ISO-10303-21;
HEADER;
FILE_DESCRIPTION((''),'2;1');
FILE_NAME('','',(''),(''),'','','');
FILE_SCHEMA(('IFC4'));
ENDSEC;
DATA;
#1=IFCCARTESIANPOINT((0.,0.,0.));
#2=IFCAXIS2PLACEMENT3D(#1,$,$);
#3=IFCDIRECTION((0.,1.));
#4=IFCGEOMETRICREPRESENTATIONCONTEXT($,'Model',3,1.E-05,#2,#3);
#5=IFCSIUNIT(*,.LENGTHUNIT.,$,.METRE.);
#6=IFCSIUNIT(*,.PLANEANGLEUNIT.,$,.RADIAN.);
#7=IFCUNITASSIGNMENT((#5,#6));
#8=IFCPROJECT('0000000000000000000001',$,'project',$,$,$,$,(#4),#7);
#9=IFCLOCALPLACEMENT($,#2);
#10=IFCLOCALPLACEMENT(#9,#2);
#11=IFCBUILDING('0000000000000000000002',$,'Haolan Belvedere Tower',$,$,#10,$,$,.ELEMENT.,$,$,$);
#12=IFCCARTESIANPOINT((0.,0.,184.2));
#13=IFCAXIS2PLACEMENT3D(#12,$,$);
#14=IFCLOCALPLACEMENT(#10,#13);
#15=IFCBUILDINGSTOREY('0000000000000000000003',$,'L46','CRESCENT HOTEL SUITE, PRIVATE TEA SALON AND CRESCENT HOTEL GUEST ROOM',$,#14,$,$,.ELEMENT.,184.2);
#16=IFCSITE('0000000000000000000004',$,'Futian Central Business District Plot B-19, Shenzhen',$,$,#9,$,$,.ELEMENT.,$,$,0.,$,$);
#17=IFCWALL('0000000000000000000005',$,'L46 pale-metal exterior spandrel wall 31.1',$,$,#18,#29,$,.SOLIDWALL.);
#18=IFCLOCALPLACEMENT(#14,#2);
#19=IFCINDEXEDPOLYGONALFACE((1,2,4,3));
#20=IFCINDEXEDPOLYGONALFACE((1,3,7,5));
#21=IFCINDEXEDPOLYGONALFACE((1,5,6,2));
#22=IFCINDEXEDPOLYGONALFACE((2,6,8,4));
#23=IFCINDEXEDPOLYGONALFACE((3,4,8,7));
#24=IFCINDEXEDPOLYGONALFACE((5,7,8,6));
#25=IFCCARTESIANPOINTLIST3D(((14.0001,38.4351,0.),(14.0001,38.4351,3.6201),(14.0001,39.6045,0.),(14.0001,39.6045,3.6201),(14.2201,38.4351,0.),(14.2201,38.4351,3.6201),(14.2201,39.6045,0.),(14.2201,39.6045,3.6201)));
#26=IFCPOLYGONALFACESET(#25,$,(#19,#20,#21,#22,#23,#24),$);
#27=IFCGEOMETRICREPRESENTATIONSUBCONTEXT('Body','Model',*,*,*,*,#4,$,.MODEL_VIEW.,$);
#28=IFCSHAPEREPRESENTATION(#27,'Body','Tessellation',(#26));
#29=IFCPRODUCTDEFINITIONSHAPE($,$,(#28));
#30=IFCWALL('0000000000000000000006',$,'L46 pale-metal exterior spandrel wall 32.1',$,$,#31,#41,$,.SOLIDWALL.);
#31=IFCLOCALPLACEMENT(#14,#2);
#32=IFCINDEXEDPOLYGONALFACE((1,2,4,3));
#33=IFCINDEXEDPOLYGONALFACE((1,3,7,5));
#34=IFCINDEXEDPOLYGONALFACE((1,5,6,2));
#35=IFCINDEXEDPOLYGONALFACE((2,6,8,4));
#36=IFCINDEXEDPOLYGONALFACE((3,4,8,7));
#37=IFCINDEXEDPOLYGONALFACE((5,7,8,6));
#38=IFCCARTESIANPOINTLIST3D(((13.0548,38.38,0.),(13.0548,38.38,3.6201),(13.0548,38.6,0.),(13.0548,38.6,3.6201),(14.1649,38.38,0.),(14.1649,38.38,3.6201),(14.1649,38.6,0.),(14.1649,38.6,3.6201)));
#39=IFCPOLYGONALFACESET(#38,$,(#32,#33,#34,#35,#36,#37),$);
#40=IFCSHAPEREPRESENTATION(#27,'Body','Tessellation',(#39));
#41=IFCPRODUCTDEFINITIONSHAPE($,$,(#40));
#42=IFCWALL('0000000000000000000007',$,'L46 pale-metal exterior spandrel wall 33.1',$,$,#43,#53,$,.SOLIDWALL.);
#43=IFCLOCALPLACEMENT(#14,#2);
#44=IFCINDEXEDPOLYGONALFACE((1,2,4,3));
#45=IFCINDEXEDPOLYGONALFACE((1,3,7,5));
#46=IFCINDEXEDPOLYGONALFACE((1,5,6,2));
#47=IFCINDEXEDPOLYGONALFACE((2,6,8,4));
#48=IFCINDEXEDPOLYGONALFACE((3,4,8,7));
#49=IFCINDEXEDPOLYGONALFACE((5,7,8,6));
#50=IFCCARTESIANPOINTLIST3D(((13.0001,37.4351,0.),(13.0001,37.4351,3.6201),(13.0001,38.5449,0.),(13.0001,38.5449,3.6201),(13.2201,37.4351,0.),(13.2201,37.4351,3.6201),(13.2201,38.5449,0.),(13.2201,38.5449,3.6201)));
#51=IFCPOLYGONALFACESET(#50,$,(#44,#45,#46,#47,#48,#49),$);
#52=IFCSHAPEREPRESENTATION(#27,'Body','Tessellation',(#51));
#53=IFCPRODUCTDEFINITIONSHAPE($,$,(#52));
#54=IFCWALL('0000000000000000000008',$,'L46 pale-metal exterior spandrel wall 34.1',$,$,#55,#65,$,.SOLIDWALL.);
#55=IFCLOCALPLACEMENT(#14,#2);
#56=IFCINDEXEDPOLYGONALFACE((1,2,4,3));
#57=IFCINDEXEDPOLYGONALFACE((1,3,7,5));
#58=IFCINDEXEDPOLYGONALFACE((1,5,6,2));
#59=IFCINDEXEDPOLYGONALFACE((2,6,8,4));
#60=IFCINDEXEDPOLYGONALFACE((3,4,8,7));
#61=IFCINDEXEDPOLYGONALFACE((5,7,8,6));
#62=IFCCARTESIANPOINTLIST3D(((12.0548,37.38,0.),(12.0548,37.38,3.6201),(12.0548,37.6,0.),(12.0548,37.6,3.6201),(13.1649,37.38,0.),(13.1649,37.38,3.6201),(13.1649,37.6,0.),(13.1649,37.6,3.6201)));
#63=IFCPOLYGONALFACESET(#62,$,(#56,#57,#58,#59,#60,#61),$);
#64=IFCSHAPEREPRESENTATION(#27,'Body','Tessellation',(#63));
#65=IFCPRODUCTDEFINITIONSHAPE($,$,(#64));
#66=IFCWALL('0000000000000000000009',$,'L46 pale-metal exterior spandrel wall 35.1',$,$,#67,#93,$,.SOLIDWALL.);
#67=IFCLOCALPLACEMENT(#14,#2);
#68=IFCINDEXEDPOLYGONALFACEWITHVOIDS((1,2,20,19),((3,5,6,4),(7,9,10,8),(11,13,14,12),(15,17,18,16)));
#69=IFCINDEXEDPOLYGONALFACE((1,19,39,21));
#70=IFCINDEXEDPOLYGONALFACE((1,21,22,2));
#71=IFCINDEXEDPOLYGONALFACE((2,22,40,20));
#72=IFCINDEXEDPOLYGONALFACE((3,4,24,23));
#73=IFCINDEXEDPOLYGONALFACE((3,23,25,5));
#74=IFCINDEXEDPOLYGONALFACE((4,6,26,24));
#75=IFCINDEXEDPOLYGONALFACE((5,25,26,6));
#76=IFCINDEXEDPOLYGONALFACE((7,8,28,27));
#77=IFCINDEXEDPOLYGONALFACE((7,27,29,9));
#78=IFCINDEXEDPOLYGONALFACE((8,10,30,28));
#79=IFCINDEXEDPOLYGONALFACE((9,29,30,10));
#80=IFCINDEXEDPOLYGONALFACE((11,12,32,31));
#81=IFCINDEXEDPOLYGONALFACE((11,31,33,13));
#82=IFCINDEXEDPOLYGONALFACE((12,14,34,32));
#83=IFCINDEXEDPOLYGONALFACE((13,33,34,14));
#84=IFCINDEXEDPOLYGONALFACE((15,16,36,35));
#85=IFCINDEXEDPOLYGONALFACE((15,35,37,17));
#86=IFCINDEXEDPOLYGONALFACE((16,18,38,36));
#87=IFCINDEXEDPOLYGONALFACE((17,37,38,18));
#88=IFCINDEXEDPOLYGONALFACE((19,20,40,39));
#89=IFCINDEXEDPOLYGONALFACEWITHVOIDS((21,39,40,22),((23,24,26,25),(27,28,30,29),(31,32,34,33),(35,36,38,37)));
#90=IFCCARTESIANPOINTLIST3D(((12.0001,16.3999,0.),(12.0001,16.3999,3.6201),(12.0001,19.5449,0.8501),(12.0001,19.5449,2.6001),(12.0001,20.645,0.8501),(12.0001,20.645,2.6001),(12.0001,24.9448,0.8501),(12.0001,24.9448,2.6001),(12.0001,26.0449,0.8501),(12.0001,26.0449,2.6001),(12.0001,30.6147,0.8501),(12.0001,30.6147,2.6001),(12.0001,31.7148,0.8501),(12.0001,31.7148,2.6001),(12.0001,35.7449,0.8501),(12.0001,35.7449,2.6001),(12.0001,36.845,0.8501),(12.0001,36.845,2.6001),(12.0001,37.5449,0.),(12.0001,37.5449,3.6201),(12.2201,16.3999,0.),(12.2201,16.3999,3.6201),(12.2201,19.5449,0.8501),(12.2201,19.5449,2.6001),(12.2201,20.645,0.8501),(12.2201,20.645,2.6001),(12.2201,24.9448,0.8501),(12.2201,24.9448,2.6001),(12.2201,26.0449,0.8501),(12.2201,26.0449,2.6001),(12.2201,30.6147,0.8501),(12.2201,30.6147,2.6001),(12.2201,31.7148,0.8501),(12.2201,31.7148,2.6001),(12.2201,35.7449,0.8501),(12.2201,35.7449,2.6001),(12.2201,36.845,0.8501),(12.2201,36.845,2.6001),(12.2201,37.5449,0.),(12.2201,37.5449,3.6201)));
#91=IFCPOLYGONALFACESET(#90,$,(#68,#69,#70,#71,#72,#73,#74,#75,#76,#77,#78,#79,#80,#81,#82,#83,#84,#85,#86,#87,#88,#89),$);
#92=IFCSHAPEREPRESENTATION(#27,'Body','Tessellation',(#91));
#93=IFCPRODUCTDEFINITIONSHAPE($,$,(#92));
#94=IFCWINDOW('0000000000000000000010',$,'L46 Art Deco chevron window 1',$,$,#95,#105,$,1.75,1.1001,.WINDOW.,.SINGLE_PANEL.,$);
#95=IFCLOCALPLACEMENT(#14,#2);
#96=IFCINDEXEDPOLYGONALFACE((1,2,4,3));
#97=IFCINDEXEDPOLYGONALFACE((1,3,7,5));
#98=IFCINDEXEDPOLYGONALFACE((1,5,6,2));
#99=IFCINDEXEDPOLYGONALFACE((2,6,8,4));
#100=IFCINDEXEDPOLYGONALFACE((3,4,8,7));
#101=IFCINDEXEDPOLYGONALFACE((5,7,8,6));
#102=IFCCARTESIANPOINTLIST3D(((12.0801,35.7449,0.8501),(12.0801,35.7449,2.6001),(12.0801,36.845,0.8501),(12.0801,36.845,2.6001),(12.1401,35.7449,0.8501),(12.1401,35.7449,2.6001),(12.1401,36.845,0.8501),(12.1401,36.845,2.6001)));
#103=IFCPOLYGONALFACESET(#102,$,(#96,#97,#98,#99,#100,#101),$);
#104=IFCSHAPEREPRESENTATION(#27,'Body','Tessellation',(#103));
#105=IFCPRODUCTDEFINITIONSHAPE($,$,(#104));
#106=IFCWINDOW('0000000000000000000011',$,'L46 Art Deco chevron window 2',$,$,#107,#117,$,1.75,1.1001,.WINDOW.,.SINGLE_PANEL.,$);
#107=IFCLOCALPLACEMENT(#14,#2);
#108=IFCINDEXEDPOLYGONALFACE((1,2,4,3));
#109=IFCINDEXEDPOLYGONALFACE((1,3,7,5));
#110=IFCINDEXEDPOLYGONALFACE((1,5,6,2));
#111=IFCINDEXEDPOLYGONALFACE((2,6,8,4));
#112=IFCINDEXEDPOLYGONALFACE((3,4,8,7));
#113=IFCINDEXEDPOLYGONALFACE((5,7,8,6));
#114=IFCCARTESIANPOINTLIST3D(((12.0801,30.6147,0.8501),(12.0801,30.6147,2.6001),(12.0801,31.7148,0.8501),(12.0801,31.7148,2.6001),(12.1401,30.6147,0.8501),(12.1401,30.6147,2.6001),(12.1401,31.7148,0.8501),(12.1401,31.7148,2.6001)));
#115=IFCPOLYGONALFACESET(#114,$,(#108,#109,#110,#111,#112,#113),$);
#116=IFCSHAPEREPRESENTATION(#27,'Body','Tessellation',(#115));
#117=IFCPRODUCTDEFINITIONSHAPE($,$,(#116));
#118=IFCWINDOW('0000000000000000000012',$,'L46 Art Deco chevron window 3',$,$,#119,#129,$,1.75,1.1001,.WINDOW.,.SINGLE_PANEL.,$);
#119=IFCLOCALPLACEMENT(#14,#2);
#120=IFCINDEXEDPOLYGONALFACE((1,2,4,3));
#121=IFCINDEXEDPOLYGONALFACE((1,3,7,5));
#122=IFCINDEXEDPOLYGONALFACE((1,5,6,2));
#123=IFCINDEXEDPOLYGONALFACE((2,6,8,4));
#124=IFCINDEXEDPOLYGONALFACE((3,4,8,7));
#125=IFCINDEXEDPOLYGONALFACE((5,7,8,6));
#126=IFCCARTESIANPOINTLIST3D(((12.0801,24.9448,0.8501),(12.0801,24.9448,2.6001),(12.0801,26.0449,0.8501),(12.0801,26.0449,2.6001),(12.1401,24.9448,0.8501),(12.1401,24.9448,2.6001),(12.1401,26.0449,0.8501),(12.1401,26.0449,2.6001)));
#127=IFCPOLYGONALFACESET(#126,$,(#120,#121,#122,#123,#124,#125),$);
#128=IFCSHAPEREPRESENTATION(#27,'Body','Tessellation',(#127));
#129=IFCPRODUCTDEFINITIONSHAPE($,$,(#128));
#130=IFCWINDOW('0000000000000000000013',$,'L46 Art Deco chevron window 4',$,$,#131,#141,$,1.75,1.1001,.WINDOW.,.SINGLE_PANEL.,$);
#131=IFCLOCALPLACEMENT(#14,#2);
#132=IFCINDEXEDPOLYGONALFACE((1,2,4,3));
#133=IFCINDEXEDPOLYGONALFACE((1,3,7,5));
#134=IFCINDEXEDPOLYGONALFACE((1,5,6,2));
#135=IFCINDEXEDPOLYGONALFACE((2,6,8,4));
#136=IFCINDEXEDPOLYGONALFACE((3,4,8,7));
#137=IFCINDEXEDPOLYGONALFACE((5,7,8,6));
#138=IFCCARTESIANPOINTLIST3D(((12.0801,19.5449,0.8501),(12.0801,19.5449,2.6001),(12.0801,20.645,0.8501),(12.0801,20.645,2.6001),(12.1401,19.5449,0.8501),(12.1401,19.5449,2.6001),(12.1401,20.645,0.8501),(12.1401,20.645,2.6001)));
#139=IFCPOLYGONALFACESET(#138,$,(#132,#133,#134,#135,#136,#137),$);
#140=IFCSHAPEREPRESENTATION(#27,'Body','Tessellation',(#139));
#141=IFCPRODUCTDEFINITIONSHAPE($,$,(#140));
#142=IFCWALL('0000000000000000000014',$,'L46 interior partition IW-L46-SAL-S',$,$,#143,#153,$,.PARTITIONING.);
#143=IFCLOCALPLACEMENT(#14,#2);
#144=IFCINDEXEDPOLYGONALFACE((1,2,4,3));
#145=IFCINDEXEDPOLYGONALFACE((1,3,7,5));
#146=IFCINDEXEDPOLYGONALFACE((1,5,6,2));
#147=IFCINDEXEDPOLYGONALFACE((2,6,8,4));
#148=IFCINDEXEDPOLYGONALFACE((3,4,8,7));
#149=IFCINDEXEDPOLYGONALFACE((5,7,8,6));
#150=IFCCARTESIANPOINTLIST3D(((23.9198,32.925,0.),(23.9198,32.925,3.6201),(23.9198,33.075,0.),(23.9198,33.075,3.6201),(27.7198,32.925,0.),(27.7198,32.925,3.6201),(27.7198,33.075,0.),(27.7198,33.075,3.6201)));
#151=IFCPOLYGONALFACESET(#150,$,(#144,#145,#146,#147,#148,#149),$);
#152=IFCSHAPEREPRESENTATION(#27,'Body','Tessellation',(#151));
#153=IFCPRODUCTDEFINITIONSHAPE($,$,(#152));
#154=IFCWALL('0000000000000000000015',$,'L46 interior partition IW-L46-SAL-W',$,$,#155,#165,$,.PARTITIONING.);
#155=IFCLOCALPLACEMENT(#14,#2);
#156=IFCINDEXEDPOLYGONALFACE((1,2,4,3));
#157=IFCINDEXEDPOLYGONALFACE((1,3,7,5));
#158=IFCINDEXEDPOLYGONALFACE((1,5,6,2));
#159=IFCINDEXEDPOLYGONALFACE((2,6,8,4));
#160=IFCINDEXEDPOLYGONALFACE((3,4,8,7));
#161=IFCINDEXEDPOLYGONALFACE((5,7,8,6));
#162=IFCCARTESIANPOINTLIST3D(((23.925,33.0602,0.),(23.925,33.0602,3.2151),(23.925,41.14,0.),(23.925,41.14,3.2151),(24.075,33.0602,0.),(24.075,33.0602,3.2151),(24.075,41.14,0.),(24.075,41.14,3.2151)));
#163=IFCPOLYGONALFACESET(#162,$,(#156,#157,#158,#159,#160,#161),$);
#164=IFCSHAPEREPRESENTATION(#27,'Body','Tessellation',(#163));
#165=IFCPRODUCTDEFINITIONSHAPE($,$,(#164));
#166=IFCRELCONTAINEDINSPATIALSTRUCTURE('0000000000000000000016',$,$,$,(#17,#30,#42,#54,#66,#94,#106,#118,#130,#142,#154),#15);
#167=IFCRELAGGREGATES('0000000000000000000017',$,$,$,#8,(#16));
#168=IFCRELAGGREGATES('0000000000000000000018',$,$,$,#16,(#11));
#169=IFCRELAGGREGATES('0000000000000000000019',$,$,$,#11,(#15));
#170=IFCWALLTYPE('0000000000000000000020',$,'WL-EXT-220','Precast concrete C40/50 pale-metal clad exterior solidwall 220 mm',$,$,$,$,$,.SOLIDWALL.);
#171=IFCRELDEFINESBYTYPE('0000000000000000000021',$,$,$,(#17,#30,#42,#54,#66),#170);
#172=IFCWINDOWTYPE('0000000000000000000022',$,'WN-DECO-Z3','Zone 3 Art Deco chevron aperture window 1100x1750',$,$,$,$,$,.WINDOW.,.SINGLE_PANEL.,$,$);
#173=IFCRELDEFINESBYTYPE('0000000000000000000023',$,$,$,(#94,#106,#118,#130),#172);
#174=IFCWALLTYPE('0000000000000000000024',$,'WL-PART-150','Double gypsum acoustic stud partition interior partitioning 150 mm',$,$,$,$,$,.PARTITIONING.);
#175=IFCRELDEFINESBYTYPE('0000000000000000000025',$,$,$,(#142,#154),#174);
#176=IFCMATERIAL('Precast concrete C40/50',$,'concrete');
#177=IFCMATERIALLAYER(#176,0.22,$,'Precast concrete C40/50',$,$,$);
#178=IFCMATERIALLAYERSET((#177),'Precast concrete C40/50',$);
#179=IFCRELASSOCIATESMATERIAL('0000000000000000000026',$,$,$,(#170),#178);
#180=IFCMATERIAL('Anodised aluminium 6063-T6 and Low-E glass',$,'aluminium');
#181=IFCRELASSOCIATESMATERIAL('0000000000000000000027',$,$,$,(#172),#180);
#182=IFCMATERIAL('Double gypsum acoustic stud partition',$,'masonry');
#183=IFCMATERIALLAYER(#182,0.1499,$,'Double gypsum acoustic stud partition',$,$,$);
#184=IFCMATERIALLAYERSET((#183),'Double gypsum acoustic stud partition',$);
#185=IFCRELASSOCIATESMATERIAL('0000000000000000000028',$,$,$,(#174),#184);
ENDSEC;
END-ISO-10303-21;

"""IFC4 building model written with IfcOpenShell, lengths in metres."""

from ifc_helpers import new_model, si_unit, direction, frame, frame_2d, origin, place, context, subcontext, project, spatial, rectangle, extrude, material, layer, layer_set, type_object, element, fill, save


model = new_model("IFC4")

# Units and contexts
model_context = context("Model", 3, precision=1e-05, world=origin(), true_north=direction((0.0, 1.0)))
body_context = subcontext(model_context, "Body", "Model", "MODEL_VIEW")
ifc_project = project(units=[si_unit("LENGTHUNIT", "METRE"), si_unit("PLANEANGLEUNIT", "RADIAN")], contexts=[model_context])

# Site, building, storey
site_placement = place(None, origin())
site = spatial("IfcSite", under=ifc_project, at=site_placement, Name="Futian Central Business District Plot B-19, Shenzhen", CompositionType="ELEMENT", RefElevation=0.0)
building_placement = place(site_placement, origin())
building = spatial("IfcBuilding", under=site, at=building_placement, Name="Haolan Belvedere Tower", CompositionType="ELEMENT")
storey_placement = place(building_placement, frame((0.0, 0.0, 184.2)))
storey = spatial("IfcBuildingStorey", under=building, at=storey_placement, Name="L46", Description="CRESCENT HOTEL SUITE, PRIVATE TEA SALON AND CRESCENT HOTEL GUEST ROOM", CompositionType="ELEMENT", Elevation=184.2)

# Walls
ifc_material_1 = material(Name="Precast concrete C40/50", Category="concrete")
ifc_layer_1 = layer(ifc_material_1, 0.22, Name="Precast concrete C40/50")
ifc_layer_set_1 = layer_set([ifc_layer_1], Name="Precast concrete C40/50")
wall_type_1 = type_object("IfcWallType", Name="WL-EXT-220", Description="Precast concrete C40/50 pale-metal clad exterior solidwall 220 mm", PredefinedType="SOLIDWALL", material=ifc_layer_set_1)
wall_1_placement = place(storey_placement, frame((14.1101, 39.6045, 0.0), z_axis=(0.0, 0.0, 1.0), x_axis=(0.0, -1.0, 0.0)))
element("IfcWall", 1, at=wall_1_placement, inside=storey, type_object=wall_type_1, Name="L46 pale-metal exterior spandrel wall 31.1", PredefinedType="SOLIDWALL", context=body_context, shape_type="SweptSolid", body=[
    extrude(rectangle(XDim=1.1694, YDim=0.22, at=frame_2d((0.5847, 0.0))), origin(), (0.0, 0.0, 1.0), 3.6201),
])
wall_2_placement = place(storey_placement, frame((14.165, 38.49, 0.0), z_axis=(0.0, 0.0, 1.0), x_axis=(-1.0, 0.0, 0.0)))
element("IfcWall", 2, at=wall_2_placement, inside=storey, type_object=wall_type_1, Name="L46 pale-metal exterior spandrel wall 32.1", PredefinedType="SOLIDWALL", context=body_context, shape_type="SweptSolid", body=[
    extrude(rectangle(XDim=1.1101, YDim=0.22, at=frame_2d((0.5552, 0.0))), origin(), (0.0, 0.0, 1.0), 3.6201),
])
wall_3_placement = place(storey_placement, frame((13.1101, 38.5449, 0.0), z_axis=(0.0, 0.0, 1.0), x_axis=(0.0, -1.0, 0.0)))
element("IfcWall", 3, at=wall_3_placement, inside=storey, type_object=wall_type_1, Name="L46 pale-metal exterior spandrel wall 33.1", PredefinedType="SOLIDWALL", context=body_context, shape_type="SweptSolid", body=[
    extrude(rectangle(XDim=1.1099, YDim=0.22, at=frame_2d((0.5549, 0.0))), origin(), (0.0, 0.0, 1.0), 3.6201),
])
wall_4_placement = place(storey_placement, frame((13.165, 37.49, 0.0), z_axis=(0.0, 0.0, 1.0), x_axis=(-1.0, 0.0, 0.0)))
element("IfcWall", 4, at=wall_4_placement, inside=storey, type_object=wall_type_1, Name="L46 pale-metal exterior spandrel wall 34.1", PredefinedType="SOLIDWALL", context=body_context, shape_type="SweptSolid", body=[
    extrude(rectangle(XDim=1.1101, YDim=0.22, at=frame_2d((0.5552, 0.0))), origin(), (0.0, 0.0, 1.0), 3.6201),
])

# Wall, openings, windows
wall_5_placement = place(storey_placement, frame((12.1101, 37.5449, 0.0), z_axis=(0.0, 0.0, 1.0), x_axis=(0.0, -1.0, 0.0)))
wall_5 = element("IfcWall", 5, at=wall_5_placement, inside=storey, type_object=wall_type_1, Name="L46 pale-metal exterior spandrel wall 35.1", PredefinedType="SOLIDWALL", context=body_context, shape_type="SweptSolid", body=[
    extrude(rectangle(XDim=21.145, YDim=0.22, at=frame_2d((10.5725, 0.0))), origin(), (0.0, 0.0, 1.0), 3.6201),
])
opening_1_placement = place(wall_5_placement, frame((0.7, 0.0, 0.8501)))
opening_1 = element("IfcOpeningElement", 6, at=opening_1_placement, cuts=wall_5, PredefinedType="OPENING", context=body_context, shape_type="SweptSolid", body=[
    extrude(rectangle(XDim=1.1001, YDim=1.75, at=frame_2d((0.55, 0.875))), frame((0.0, 0.1199, 0.0), z_axis=(0.0, -1.0, 0.0), x_axis=(1.0, 0.0, 0.0)), (0.0, 0.0, 1.0), 0.24),
])
opening_2_placement = place(wall_5_placement, frame((5.8301, 0.0, 0.8501)))
opening_2 = element("IfcOpeningElement", 7, at=opening_2_placement, cuts=wall_5, PredefinedType="OPENING", context=body_context, shape_type="SweptSolid", body=[
    extrude(rectangle(XDim=1.1001, YDim=1.75, at=frame_2d((0.55, 0.875))), frame((0.0, 0.1199, 0.0), z_axis=(0.0, -1.0, 0.0), x_axis=(1.0, 0.0, 0.0)), (0.0, 0.0, 1.0), 0.24),
])
opening_3_placement = place(wall_5_placement, frame((11.5, 0.0, 0.8501)))
opening_3 = element("IfcOpeningElement", 8, at=opening_3_placement, cuts=wall_5, PredefinedType="OPENING", context=body_context, shape_type="SweptSolid", body=[
    extrude(rectangle(XDim=1.1001, YDim=1.75, at=frame_2d((0.55, 0.875))), frame((0.0, 0.1199, 0.0), z_axis=(0.0, -1.0, 0.0), x_axis=(1.0, 0.0, 0.0)), (0.0, 0.0, 1.0), 0.24),
])
opening_4_placement = place(wall_5_placement, frame((16.8999, 0.0, 0.8501)))
opening_4 = element("IfcOpeningElement", 9, at=opening_4_placement, cuts=wall_5, PredefinedType="OPENING", context=body_context, shape_type="SweptSolid", body=[
    extrude(rectangle(XDim=1.1001, YDim=1.75, at=frame_2d((0.55, 0.875))), frame((0.0, 0.1199, 0.0), z_axis=(0.0, -1.0, 0.0), x_axis=(1.0, 0.0, 0.0)), (0.0, 0.0, 1.0), 0.24),
])
ifc_material_2 = material(Name="Anodised aluminium 6063-T6 and Low-E glass", Category="aluminium")
window_type = type_object("IfcWindowType", Name="WN-DECO-Z3", Description="Zone 3 Art Deco chevron aperture window 1100x1750", PartitioningType="SINGLE_PANEL", PredefinedType="WINDOW", material=ifc_material_2)
window_1_placement = place(opening_1_placement, origin())
window_1 = element("IfcWindow", 10, at=window_1_placement, inside=storey, type_object=window_type, Name="L46 Art Deco chevron window 1", OverallHeight=1.75, OverallWidth=1.1001, PartitioningType="SINGLE_PANEL", PredefinedType="WINDOW", context=body_context, shape_type="SweptSolid", body=[
    extrude(rectangle(XDim=1.1001, YDim=1.75, at=frame_2d((0.55, 0.875))), frame((0.0, 0.03, 0.0), z_axis=(0.0, -1.0, 0.0), x_axis=(1.0, 0.0, 0.0)), (0.0, 0.0, 1.0), 0.0601),
])
fill(opening_1, window_1)
window_2_placement = place(opening_2_placement, origin())
window_2 = element("IfcWindow", 11, at=window_2_placement, inside=storey, type_object=window_type, Name="L46 Art Deco chevron window 2", OverallHeight=1.75, OverallWidth=1.1001, PartitioningType="SINGLE_PANEL", PredefinedType="WINDOW", context=body_context, shape_type="SweptSolid", body=[
    extrude(rectangle(XDim=1.1001, YDim=1.75, at=frame_2d((0.55, 0.875))), frame((0.0, 0.03, 0.0), z_axis=(0.0, -1.0, 0.0), x_axis=(1.0, 0.0, 0.0)), (0.0, 0.0, 1.0), 0.0601),
])
fill(opening_2, window_2)
window_3_placement = place(opening_3_placement, origin())
window_3 = element("IfcWindow", 12, at=window_3_placement, inside=storey, type_object=window_type, Name="L46 Art Deco chevron window 3", OverallHeight=1.75, OverallWidth=1.1001, PartitioningType="SINGLE_PANEL", PredefinedType="WINDOW", context=body_context, shape_type="SweptSolid", body=[
    extrude(rectangle(XDim=1.1001, YDim=1.75, at=frame_2d((0.55, 0.875))), frame((0.0, 0.03, 0.0), z_axis=(0.0, -1.0, 0.0), x_axis=(1.0, 0.0, 0.0)), (0.0, 0.0, 1.0), 0.0601),
])
fill(opening_3, window_3)
window_4_placement = place(opening_4_placement, origin())
window_4 = element("IfcWindow", 13, at=window_4_placement, inside=storey, type_object=window_type, Name="L46 Art Deco chevron window 4", OverallHeight=1.75, OverallWidth=1.1001, PartitioningType="SINGLE_PANEL", PredefinedType="WINDOW", context=body_context, shape_type="SweptSolid", body=[
    extrude(rectangle(XDim=1.1001, YDim=1.75, at=frame_2d((0.55, 0.875))), frame((0.0, 0.03, 0.0), z_axis=(0.0, -1.0, 0.0), x_axis=(1.0, 0.0, 0.0)), (0.0, 0.0, 1.0), 0.0601),
])
fill(opening_4, window_4)

# Walls
ifc_material_3 = material(Name="Double gypsum acoustic stud partition", Category="masonry")
ifc_layer_2 = layer(ifc_material_3, 0.1499, Name="Double gypsum acoustic stud partition")
ifc_layer_set_2 = layer_set([ifc_layer_2], Name="Double gypsum acoustic stud partition")
wall_type_2 = type_object("IfcWallType", Name="WL-PART-150", Description="Double gypsum acoustic stud partition interior partitioning 150 mm", PredefinedType="PARTITIONING", material=ifc_layer_set_2)
wall_6_placement = place(storey_placement, frame((23.9199, 33.0, 0.0), z_axis=(0.0, 0.0, 1.0), x_axis=(1.0, 0.0, 0.0)))
element("IfcWall", 14, at=wall_6_placement, inside=storey, type_object=wall_type_2, Name="L46 interior partition IW-L46-SAL-S", PredefinedType="PARTITIONING", context=body_context, shape_type="SweptSolid", body=[
    extrude(rectangle(XDim=3.8, YDim=0.1499, at=frame_2d((1.8999, 0.0))), origin(), (0.0, 0.0, 1.0), 3.6201),
])
wall_7_placement = place(storey_placement, frame((24.0, 33.0601, 0.0), z_axis=(0.0, 0.0, 1.0), x_axis=(0.0, 1.0, 0.0)))
element("IfcWall", 15, at=wall_7_placement, inside=storey, type_object=wall_type_2, Name="L46 interior partition IW-L46-SAL-W", PredefinedType="PARTITIONING", context=body_context, shape_type="SweptSolid", body=[
    extrude(rectangle(XDim=8.0798, YDim=0.1499, at=frame_2d((4.04, 0.0))), origin(), (0.0, 0.0, 1.0), 3.2151),
])

save(model, "model.ifc")
